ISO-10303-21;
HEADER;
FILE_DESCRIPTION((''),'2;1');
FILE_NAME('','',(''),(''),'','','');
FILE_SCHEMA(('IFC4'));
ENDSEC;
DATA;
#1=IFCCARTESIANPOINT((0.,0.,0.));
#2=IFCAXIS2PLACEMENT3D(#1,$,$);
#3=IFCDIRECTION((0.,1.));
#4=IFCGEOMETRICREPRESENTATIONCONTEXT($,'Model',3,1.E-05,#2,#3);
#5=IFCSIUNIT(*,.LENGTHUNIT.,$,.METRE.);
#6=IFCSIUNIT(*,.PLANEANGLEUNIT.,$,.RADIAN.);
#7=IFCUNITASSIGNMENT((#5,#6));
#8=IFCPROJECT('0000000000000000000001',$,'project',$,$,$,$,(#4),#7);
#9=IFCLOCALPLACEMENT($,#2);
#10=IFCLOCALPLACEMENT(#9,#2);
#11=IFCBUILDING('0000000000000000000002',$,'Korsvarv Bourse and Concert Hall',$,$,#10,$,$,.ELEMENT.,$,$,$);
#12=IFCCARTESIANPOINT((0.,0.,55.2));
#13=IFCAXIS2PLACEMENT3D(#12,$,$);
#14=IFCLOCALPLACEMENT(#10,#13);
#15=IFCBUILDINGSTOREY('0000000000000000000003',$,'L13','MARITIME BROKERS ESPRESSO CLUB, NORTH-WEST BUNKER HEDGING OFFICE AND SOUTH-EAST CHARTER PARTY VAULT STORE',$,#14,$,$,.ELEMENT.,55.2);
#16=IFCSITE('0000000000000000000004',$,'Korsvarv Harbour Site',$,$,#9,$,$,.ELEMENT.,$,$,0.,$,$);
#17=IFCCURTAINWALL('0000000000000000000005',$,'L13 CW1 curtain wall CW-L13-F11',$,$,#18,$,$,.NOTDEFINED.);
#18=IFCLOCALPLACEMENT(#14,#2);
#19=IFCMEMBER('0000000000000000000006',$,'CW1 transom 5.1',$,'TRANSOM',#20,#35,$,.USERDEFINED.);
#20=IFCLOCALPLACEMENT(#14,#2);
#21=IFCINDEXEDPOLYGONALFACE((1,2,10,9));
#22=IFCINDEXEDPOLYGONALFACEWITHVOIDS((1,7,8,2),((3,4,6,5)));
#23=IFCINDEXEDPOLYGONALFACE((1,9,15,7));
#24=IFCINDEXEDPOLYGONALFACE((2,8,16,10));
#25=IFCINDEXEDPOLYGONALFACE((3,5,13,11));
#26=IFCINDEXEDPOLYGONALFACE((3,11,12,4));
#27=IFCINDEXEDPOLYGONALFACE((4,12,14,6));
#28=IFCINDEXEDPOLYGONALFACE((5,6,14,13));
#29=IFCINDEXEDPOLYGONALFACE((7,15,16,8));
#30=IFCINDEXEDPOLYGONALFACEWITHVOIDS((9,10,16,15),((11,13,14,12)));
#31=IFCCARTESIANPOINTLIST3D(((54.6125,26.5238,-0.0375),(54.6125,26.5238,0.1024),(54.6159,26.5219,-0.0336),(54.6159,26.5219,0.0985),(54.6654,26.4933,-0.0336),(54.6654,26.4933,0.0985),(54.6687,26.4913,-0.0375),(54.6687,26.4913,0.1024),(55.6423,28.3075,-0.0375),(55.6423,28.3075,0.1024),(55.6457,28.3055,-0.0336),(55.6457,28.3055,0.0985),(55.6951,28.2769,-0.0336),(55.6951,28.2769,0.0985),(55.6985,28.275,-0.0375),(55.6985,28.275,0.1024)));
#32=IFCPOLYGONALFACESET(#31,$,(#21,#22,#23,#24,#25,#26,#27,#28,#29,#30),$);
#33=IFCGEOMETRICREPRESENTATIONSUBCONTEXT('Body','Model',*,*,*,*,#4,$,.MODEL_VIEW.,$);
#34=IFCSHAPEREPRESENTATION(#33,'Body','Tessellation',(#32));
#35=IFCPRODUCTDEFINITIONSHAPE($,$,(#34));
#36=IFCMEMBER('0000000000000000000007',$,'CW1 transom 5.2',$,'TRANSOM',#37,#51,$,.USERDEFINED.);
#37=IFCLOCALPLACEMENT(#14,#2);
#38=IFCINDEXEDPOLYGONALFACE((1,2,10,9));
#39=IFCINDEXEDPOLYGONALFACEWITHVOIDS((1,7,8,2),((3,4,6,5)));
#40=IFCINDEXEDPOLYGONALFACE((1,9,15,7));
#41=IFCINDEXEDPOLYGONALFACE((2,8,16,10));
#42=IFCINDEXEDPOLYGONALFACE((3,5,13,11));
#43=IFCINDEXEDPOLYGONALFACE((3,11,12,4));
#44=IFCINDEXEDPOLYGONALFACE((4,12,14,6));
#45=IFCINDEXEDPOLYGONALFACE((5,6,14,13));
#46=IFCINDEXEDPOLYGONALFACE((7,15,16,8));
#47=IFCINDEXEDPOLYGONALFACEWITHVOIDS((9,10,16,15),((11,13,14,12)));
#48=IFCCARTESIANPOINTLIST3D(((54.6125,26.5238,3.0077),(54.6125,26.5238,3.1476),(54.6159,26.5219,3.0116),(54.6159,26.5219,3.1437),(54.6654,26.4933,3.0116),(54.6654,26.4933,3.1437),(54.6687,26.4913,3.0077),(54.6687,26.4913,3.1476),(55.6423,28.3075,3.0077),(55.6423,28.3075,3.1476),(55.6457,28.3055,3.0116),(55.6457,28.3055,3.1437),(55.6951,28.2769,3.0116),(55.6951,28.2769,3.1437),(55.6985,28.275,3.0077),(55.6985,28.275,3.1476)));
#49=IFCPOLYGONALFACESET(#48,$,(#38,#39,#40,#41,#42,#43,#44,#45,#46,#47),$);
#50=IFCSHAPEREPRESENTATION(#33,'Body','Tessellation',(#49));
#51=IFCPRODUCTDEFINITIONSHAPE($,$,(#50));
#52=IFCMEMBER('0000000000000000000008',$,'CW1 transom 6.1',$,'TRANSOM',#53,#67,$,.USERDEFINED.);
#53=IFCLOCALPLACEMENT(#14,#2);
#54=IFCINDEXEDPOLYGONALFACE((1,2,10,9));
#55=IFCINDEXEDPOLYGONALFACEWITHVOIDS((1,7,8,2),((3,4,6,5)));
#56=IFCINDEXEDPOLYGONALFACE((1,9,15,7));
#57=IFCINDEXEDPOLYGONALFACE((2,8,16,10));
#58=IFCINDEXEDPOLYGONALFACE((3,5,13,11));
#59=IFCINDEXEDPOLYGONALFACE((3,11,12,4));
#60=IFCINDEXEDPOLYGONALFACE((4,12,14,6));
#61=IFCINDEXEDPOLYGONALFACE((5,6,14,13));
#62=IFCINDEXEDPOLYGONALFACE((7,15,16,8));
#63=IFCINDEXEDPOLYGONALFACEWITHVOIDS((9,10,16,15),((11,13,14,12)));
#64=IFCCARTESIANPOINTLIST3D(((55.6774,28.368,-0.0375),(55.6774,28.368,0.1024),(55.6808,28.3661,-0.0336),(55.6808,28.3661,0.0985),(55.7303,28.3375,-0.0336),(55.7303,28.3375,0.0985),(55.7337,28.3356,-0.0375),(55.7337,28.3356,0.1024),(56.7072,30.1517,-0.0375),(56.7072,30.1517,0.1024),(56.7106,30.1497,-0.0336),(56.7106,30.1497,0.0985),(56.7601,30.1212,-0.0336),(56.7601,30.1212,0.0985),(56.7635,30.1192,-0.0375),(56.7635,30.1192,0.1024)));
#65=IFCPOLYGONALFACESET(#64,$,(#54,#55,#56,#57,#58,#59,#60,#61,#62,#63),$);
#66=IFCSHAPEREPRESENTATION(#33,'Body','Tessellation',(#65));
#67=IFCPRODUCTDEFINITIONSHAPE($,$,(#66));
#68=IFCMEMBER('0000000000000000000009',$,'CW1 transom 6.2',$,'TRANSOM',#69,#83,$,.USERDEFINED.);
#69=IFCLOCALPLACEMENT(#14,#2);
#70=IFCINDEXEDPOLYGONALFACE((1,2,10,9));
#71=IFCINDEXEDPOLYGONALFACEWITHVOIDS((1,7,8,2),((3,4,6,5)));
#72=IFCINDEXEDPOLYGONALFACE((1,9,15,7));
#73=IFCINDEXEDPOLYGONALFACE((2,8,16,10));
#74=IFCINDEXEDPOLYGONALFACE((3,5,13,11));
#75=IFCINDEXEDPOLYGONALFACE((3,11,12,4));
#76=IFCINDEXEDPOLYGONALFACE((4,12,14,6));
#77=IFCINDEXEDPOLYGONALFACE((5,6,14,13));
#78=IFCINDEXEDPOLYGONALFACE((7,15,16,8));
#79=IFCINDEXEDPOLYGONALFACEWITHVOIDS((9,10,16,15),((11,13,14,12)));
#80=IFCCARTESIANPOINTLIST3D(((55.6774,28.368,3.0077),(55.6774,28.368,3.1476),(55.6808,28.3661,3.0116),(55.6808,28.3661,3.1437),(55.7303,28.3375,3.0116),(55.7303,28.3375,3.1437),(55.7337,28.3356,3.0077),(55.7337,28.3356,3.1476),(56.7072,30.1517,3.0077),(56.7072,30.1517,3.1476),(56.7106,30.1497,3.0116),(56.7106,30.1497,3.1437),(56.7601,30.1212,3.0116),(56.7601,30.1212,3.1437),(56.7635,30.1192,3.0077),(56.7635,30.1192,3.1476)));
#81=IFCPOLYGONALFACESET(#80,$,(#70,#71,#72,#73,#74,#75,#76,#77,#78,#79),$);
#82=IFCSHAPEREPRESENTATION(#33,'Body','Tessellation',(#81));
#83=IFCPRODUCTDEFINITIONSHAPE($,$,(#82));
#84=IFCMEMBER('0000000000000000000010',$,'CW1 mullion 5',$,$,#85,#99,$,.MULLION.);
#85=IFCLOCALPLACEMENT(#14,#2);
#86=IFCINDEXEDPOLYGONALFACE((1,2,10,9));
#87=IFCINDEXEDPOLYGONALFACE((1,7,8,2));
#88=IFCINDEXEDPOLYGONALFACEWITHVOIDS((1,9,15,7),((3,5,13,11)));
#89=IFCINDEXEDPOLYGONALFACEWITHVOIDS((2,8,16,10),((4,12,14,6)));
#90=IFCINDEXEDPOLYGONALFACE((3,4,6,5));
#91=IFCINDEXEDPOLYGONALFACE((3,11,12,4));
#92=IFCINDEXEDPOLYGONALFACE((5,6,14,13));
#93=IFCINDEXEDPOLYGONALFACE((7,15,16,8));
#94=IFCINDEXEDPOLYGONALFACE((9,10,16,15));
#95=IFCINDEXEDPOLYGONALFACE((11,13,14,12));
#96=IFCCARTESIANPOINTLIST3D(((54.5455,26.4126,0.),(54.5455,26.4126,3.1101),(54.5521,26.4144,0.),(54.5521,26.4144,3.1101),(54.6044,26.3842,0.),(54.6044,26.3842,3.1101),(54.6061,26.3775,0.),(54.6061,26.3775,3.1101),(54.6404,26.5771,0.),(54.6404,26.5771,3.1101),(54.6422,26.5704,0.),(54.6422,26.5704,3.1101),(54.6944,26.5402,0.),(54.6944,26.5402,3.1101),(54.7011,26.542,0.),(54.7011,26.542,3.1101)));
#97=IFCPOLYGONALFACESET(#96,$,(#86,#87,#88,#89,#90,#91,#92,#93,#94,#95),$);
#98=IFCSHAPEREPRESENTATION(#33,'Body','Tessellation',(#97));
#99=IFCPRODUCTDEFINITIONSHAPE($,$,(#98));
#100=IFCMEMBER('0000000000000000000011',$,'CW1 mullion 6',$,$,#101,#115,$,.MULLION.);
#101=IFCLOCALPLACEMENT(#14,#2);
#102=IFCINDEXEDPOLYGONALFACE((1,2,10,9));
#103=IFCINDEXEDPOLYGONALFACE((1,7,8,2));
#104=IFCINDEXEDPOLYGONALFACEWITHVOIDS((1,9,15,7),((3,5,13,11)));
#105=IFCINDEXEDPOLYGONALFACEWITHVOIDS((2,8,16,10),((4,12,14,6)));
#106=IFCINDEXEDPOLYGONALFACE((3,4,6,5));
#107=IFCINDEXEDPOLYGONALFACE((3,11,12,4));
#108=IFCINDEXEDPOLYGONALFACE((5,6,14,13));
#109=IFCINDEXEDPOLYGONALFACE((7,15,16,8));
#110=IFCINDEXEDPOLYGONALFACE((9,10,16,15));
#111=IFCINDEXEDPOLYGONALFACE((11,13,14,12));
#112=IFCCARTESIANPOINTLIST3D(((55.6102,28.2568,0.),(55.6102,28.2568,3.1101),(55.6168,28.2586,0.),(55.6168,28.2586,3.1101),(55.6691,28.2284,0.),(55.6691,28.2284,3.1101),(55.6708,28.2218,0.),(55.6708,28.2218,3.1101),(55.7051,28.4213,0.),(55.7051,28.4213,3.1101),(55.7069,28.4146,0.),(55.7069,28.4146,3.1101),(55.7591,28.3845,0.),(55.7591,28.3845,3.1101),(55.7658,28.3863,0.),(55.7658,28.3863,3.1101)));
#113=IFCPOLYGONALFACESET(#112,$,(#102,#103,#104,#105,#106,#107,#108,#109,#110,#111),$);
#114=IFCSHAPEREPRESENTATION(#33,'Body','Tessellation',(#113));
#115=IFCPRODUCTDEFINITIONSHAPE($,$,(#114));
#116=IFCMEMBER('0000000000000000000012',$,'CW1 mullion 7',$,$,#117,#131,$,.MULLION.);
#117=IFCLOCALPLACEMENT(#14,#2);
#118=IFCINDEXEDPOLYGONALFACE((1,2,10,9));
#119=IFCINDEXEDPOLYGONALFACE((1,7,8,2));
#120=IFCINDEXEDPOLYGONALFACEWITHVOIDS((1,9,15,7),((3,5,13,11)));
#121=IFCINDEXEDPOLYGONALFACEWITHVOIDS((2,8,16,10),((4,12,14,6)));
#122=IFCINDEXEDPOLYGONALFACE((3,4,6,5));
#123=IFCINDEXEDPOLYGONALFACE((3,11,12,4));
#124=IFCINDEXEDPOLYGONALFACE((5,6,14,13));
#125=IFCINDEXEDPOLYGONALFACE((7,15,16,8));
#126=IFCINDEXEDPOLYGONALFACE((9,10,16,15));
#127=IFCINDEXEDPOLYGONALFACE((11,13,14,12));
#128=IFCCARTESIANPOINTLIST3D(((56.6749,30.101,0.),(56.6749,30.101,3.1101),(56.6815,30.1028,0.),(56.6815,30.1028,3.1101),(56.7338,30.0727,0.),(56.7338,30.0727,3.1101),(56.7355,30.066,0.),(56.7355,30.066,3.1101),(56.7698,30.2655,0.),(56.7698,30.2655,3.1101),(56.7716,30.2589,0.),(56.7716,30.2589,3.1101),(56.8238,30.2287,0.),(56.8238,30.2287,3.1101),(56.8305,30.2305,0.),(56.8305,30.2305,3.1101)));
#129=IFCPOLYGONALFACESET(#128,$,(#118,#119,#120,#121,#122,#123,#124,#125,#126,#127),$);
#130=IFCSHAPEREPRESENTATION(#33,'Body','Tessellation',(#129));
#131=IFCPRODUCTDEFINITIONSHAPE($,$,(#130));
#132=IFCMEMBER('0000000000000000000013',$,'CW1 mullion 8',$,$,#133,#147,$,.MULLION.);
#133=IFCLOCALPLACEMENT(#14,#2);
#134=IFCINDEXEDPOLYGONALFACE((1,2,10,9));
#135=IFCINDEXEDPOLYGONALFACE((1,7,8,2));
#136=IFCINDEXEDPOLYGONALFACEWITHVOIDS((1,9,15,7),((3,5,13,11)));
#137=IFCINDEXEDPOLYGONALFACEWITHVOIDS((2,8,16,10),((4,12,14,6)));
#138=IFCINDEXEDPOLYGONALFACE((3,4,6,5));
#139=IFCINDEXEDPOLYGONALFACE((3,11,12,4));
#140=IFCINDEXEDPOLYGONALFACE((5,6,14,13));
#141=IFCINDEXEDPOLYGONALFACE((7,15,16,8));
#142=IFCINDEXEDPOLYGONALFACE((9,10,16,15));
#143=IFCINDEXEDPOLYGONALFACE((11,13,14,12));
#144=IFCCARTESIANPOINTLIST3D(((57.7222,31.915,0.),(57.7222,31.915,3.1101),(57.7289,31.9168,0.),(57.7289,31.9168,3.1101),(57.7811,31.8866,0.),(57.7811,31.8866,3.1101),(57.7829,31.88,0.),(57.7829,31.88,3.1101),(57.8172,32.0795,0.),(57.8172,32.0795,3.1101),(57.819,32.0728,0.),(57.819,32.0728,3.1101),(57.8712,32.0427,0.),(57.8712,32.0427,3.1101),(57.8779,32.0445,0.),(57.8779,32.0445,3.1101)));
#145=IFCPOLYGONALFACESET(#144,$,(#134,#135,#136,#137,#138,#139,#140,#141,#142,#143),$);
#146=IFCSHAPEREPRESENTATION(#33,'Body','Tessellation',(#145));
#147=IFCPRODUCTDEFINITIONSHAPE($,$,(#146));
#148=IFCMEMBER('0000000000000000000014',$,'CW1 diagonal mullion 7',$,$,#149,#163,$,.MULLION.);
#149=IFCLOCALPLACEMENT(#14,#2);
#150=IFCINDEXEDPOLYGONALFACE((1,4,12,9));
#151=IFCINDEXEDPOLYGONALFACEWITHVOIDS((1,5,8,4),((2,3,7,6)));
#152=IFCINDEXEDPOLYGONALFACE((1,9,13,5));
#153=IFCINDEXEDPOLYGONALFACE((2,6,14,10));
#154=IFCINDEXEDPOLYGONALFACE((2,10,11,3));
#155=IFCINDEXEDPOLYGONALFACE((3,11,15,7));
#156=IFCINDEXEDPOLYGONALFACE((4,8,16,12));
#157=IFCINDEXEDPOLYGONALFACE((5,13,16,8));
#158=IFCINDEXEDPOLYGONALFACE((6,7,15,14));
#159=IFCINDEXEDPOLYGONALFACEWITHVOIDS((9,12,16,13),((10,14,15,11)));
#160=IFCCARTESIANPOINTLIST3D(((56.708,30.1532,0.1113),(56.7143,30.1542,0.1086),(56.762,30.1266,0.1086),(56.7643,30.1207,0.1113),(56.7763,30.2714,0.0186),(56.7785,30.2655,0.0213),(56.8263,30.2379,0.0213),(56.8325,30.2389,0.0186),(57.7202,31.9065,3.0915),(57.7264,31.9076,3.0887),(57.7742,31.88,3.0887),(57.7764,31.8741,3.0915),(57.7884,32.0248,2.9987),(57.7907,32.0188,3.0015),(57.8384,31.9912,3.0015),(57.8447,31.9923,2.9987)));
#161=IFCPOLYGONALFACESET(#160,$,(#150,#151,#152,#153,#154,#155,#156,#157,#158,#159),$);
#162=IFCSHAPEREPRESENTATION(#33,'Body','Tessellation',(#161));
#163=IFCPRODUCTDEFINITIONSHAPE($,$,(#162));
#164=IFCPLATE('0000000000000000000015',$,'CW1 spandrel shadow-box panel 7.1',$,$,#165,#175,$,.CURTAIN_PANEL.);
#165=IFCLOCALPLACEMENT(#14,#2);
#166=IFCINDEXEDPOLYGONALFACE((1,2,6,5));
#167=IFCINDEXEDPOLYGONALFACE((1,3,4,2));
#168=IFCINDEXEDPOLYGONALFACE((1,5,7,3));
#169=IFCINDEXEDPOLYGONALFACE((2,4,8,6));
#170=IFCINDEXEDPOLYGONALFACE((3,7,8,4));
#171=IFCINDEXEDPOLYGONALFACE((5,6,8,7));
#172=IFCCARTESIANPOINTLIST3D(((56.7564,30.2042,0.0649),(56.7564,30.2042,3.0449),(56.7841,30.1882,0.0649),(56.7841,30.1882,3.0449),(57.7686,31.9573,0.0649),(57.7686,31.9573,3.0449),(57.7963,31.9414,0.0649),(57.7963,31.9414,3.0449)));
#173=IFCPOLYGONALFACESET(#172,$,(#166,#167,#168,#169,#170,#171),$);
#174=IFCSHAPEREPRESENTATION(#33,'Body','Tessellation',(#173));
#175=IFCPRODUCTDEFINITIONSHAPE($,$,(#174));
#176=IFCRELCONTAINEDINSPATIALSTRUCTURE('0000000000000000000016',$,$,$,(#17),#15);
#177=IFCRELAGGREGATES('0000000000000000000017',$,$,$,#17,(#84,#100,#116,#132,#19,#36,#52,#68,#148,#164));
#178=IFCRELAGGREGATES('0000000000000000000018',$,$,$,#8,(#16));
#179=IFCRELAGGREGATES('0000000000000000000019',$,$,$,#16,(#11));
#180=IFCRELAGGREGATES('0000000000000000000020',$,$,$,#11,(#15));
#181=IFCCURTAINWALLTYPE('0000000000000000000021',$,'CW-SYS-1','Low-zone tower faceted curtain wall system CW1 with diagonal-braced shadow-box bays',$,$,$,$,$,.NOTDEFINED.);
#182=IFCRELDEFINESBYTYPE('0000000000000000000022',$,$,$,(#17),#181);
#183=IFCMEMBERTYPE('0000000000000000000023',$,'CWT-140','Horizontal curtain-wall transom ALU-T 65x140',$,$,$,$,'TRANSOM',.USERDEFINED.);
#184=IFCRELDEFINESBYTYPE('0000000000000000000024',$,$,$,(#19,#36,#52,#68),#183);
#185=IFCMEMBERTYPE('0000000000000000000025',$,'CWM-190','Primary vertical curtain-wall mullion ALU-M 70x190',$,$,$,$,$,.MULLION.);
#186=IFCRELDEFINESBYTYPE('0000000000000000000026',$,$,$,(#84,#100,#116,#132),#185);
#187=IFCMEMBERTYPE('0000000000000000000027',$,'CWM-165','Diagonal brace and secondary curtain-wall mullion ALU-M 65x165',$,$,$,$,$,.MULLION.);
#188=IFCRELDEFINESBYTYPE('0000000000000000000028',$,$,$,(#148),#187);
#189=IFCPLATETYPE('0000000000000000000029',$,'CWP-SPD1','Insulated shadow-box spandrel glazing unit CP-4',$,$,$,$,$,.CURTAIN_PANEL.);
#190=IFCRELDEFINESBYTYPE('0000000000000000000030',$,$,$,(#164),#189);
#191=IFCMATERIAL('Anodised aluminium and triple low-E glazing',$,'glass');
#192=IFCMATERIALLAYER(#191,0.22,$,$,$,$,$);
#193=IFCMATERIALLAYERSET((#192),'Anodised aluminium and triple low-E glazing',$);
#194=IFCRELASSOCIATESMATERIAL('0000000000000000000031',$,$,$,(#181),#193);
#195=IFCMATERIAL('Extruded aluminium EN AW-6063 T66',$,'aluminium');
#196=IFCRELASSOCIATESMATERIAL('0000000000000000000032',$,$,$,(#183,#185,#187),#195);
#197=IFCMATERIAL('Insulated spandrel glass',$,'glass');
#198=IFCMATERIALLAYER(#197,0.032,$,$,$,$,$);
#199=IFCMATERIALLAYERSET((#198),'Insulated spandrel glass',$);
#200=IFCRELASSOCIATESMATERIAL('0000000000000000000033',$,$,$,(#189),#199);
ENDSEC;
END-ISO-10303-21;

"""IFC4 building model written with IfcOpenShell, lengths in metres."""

from ifc_helpers import new_model, si_unit, direction, frame, origin, origin_2d, place, context, subcontext, project, spatial, rectangle, hollow_rectangle, extrude, source, transform, mapped, material, layer, layer_set, material_profile, profile_set, type_object, element, aggregate, save


model = new_model("IFC4")

# Units and contexts
model_context = context("Model", 3, precision=1e-05, world=origin(), true_north=direction((0.0, 1.0)))
body_context = subcontext(model_context, "Body", "Model", "MODEL_VIEW")
ifc_project = project(units=[si_unit("LENGTHUNIT", "METRE"), si_unit("PLANEANGLEUNIT", "RADIAN")], contexts=[model_context])

# Site, building, storey
site_placement = place(None, origin())
site = spatial("IfcSite", under=ifc_project, at=site_placement, Name="Korsvarv Harbour Site", CompositionType="ELEMENT", RefElevation=0.0)
building_placement = place(site_placement, origin())
building = spatial("IfcBuilding", under=site, at=building_placement, Name="Korsvarv Bourse and Concert Hall", CompositionType="ELEMENT")
storey_placement = place(building_placement, frame((0.0, 0.0, 55.2)))
storey = spatial("IfcBuildingStorey", under=building, at=storey_placement, Name="L13", Description="MARITIME BROKERS ESPRESSO CLUB, NORTH-WEST BUNKER HEDGING OFFICE AND SOUTH-EAST CHARTER PARTY VAULT STORE", CompositionType="ELEMENT", Elevation=55.2)

# Curtain wall, members, plate
ifc_material_1 = material(Name="Anodised aluminium and triple low-E glazing", Category="glass")
ifc_layer_1 = layer(ifc_material_1, 0.22)
ifc_layer_set_1 = layer_set([ifc_layer_1], Name="Anodised aluminium and triple low-E glazing")
curtain_wall_type = type_object("IfcCurtainWallType", Name="CW-SYS-1", Description="Low-zone tower faceted curtain wall system CW1 with diagonal-braced shadow-box bays", PredefinedType="NOTDEFINED", material=ifc_layer_set_1)
curtain_wall_placement = place(storey_placement, origin())
curtain_wall = element("IfcCurtainWall", 1, at=curtain_wall_placement, inside=storey, type_object=curtain_wall_type, Name="L13 CW1 curtain wall CW-L13-F11", PredefinedType="NOTDEFINED")
ifc_material_2 = material(Name="Extruded aluminium EN AW-6063 T66", Category="aluminium")
ifc_material_profile_1 = material_profile(ifc_material_2, hollow_rectangle(XDim=0.0649, YDim=0.1399, WallThickness=0.0039, at=origin_2d()), Name="ALU-T 65x140")
ifc_profile_set_1 = profile_set([ifc_material_profile_1], Name="Extruded aluminium EN AW-6063 T66")
member_type_1 = type_object("IfcMemberType", Name="CWT-140", Description="Horizontal curtain-wall transom ALU-T 65x140", ElementType="TRANSOM", PredefinedType="USERDEFINED", material=ifc_profile_set_1)
shared_shape_1 = source(origin(), body_context, "Body", "SweptSolid", [
    extrude(hollow_rectangle(XDim=0.0649, YDim=0.1399, WallThickness=0.0039, at=origin_2d()), origin(), (0.0, 0.0, 1.0), 2.0596),
])
member_1_placement = place(storey_placement, frame((54.6406, 26.5076, 0.0325), z_axis=(0.499989, 0.866032, 0.0), x_axis=(-0.866032, 0.499989, 0.0)))
member_1 = element("IfcMember", 2, at=member_1_placement, type_object=member_type_1, Name="CW1 transom 5.1", ObjectType="TRANSOM", PredefinedType="USERDEFINED", context=body_context, shape_type="MappedRepresentation", body=[
    mapped(shared_shape_1, transform((0.0, 0.0, 0.0), scale=1.0)),
])
member_2_placement = place(storey_placement, frame((54.6406, 26.5076, 3.0776), z_axis=(0.499989, 0.866032, 0.0), x_axis=(-0.866032, 0.499989, 0.0)))
member_2 = element("IfcMember", 3, at=member_2_placement, type_object=member_type_1, Name="CW1 transom 5.2", ObjectType="TRANSOM", PredefinedType="USERDEFINED", context=body_context, shape_type="MappedRepresentation", body=[
    mapped(shared_shape_1, transform((0.0, 0.0, 0.0), scale=1.0)),
])
member_3_placement = place(storey_placement, frame((55.7056, 28.3518, 0.0325), z_axis=(0.499989, 0.866032, 0.0), x_axis=(-0.866032, 0.499989, 0.0)))
member_3 = element("IfcMember", 4, at=member_3_placement, type_object=member_type_1, Name="CW1 transom 6.1", ObjectType="TRANSOM", PredefinedType="USERDEFINED", context=body_context, shape_type="MappedRepresentation", body=[
    mapped(shared_shape_1, transform((0.0, 0.0, 0.0), scale=1.0)),
])
member_4_placement = place(storey_placement, frame((55.7056, 28.3518, 3.0776), z_axis=(0.499989, 0.866032, 0.0), x_axis=(-0.866032, 0.499989, 0.0)))
member_4 = element("IfcMember", 5, at=member_4_placement, type_object=member_type_1, Name="CW1 transom 6.2", ObjectType="TRANSOM", PredefinedType="USERDEFINED", context=body_context, shape_type="MappedRepresentation", body=[
    mapped(shared_shape_1, transform((0.0, 0.0, 0.0), scale=1.0)),
])
ifc_material_profile_2 = material_profile(ifc_material_2, hollow_rectangle(XDim=0.0701, YDim=0.1899, WallThickness=0.0049, at=origin_2d()), Name="ALU-M 70x190")
ifc_profile_set_2 = profile_set([ifc_material_profile_2], Name="Extruded aluminium EN AW-6063 T66")
member_type_2 = type_object("IfcMemberType", Name="CWM-190", Description="Primary vertical curtain-wall mullion ALU-M 70x190", PredefinedType="MULLION", material=ifc_profile_set_2)
shared_shape_2 = source(origin(), body_context, "Body", "SweptSolid", [
    extrude(hollow_rectangle(XDim=0.0701, YDim=0.1899, WallThickness=0.0049, at=origin_2d()), origin(), (0.0, 0.0, 1.0), 3.1101),
])
member_5_placement = place(storey_placement, frame((54.6233, 26.4773, 0.0), z_axis=(0.0, 0.0, 1.0), x_axis=(-0.866025, 0.5, 0.0)))
member_5 = element("IfcMember", 6, at=member_5_placement, type_object=member_type_2, Name="CW1 mullion 5", PredefinedType="MULLION", context=body_context, shape_type="MappedRepresentation", body=[
    mapped(shared_shape_2, transform((0.0, 0.0, 0.0), scale=1.0)),
])
member_6_placement = place(storey_placement, frame((55.688, 28.3215, 0.0), z_axis=(0.0, 0.0, 1.0), x_axis=(-0.866025, 0.5, 0.0)))
member_6 = element("IfcMember", 7, at=member_6_placement, type_object=member_type_2, Name="CW1 mullion 6", PredefinedType="MULLION", context=body_context, shape_type="MappedRepresentation", body=[
    mapped(shared_shape_2, transform((0.0, 0.0, 0.0), scale=1.0)),
])
member_7_placement = place(storey_placement, frame((56.7527, 30.1658, 0.0), z_axis=(0.0, 0.0, 1.0), x_axis=(-0.866025, 0.5, 0.0)))
member_7 = element("IfcMember", 8, at=member_7_placement, type_object=member_type_2, Name="CW1 mullion 7", PredefinedType="MULLION", context=body_context, shape_type="MappedRepresentation", body=[
    mapped(shared_shape_2, transform((0.0, 0.0, 0.0), scale=1.0)),
])
member_8_placement = place(storey_placement, frame((57.8, 31.9797, 0.0), z_axis=(0.0, 0.0, 1.0), x_axis=(-0.866025, 0.5, 0.0)))
member_8 = element("IfcMember", 9, at=member_8_placement, type_object=member_type_2, Name="CW1 mullion 8", PredefinedType="MULLION", context=body_context, shape_type="MappedRepresentation", body=[
    mapped(shared_shape_2, transform((0.0, 0.0, 0.0), scale=1.0)),
])
ifc_material_profile_3 = material_profile(ifc_material_2, hollow_rectangle(XDim=0.0649, YDim=0.165, WallThickness=0.0049, at=origin_2d()), Name="ALU-M 65x165")
ifc_profile_set_3 = profile_set([ifc_material_profile_3], Name="Extruded aluminium EN AW-6063 T66")
member_type_3 = type_object("IfcMemberType", Name="CWM-165", Description="Diagonal brace and secondary curtain-wall mullion ALU-M 65x165", PredefinedType="MULLION", material=ifc_profile_set_3)
shared_shape_3 = source(origin(), body_context, "Body", "SweptSolid", [
    extrude(hollow_rectangle(XDim=0.0649, YDim=0.165, WallThickness=0.0049, at=origin_2d()), origin(), (0.0, 0.0, 1.0), 3.6028),
])
member_9_placement = place(storey_placement, frame((56.7703, 30.196, 0.0649), z_axis=(0.280944, 0.486671, 0.827177), x_axis=(-0.866053, 0.499952, 0.0)))
member_9 = element("IfcMember", 10, at=member_9_placement, type_object=member_type_3, Name="CW1 diagonal mullion 7", PredefinedType="MULLION", context=body_context, shape_type="MappedRepresentation", body=[
    mapped(shared_shape_3, transform((0.0, 0.0, 0.0), scale=1.0)),
])
ifc_material_3 = material(Name="Insulated spandrel glass", Category="glass")
ifc_layer_2 = layer(ifc_material_3, 0.032)
ifc_layer_set_2 = layer_set([ifc_layer_2], Name="Insulated spandrel glass")
plate_type_1 = type_object("IfcPlateType", Name="CWP-SPD1", Description="Insulated shadow-box spandrel glazing unit CP-4", PredefinedType="CURTAIN_PANEL", material=ifc_layer_set_2)
shared_shape_4 = source(origin(), body_context, "Body", "SweptSolid", [
    extrude(rectangle(XDim=2.0244, YDim=0.032, at=origin_2d()), origin(), (0.0, 0.0, 1.0), 2.98),
])
plate_1_placement = place(storey_placement, frame((57.2764, 31.0728, 0.0649), z_axis=(0.0, 0.0, 1.0), x_axis=(0.5, 0.866025, 0.0)))
plate_1 = element("IfcPlate", 11, at=plate_1_placement, type_object=plate_type_1, Name="CW1 spandrel shadow-box panel 7.1", PredefinedType="CURTAIN_PANEL", context=body_context, shape_type="MappedRepresentation", body=[
    mapped(shared_shape_4, transform((0.0, 0.0, 0.0), scale=1.0)),
])
aggregate(curtain_wall, [member_5, member_6, member_7, member_8, member_1, member_2, member_3, member_4, member_9, plate_1])

save(model, "model.ifc")
